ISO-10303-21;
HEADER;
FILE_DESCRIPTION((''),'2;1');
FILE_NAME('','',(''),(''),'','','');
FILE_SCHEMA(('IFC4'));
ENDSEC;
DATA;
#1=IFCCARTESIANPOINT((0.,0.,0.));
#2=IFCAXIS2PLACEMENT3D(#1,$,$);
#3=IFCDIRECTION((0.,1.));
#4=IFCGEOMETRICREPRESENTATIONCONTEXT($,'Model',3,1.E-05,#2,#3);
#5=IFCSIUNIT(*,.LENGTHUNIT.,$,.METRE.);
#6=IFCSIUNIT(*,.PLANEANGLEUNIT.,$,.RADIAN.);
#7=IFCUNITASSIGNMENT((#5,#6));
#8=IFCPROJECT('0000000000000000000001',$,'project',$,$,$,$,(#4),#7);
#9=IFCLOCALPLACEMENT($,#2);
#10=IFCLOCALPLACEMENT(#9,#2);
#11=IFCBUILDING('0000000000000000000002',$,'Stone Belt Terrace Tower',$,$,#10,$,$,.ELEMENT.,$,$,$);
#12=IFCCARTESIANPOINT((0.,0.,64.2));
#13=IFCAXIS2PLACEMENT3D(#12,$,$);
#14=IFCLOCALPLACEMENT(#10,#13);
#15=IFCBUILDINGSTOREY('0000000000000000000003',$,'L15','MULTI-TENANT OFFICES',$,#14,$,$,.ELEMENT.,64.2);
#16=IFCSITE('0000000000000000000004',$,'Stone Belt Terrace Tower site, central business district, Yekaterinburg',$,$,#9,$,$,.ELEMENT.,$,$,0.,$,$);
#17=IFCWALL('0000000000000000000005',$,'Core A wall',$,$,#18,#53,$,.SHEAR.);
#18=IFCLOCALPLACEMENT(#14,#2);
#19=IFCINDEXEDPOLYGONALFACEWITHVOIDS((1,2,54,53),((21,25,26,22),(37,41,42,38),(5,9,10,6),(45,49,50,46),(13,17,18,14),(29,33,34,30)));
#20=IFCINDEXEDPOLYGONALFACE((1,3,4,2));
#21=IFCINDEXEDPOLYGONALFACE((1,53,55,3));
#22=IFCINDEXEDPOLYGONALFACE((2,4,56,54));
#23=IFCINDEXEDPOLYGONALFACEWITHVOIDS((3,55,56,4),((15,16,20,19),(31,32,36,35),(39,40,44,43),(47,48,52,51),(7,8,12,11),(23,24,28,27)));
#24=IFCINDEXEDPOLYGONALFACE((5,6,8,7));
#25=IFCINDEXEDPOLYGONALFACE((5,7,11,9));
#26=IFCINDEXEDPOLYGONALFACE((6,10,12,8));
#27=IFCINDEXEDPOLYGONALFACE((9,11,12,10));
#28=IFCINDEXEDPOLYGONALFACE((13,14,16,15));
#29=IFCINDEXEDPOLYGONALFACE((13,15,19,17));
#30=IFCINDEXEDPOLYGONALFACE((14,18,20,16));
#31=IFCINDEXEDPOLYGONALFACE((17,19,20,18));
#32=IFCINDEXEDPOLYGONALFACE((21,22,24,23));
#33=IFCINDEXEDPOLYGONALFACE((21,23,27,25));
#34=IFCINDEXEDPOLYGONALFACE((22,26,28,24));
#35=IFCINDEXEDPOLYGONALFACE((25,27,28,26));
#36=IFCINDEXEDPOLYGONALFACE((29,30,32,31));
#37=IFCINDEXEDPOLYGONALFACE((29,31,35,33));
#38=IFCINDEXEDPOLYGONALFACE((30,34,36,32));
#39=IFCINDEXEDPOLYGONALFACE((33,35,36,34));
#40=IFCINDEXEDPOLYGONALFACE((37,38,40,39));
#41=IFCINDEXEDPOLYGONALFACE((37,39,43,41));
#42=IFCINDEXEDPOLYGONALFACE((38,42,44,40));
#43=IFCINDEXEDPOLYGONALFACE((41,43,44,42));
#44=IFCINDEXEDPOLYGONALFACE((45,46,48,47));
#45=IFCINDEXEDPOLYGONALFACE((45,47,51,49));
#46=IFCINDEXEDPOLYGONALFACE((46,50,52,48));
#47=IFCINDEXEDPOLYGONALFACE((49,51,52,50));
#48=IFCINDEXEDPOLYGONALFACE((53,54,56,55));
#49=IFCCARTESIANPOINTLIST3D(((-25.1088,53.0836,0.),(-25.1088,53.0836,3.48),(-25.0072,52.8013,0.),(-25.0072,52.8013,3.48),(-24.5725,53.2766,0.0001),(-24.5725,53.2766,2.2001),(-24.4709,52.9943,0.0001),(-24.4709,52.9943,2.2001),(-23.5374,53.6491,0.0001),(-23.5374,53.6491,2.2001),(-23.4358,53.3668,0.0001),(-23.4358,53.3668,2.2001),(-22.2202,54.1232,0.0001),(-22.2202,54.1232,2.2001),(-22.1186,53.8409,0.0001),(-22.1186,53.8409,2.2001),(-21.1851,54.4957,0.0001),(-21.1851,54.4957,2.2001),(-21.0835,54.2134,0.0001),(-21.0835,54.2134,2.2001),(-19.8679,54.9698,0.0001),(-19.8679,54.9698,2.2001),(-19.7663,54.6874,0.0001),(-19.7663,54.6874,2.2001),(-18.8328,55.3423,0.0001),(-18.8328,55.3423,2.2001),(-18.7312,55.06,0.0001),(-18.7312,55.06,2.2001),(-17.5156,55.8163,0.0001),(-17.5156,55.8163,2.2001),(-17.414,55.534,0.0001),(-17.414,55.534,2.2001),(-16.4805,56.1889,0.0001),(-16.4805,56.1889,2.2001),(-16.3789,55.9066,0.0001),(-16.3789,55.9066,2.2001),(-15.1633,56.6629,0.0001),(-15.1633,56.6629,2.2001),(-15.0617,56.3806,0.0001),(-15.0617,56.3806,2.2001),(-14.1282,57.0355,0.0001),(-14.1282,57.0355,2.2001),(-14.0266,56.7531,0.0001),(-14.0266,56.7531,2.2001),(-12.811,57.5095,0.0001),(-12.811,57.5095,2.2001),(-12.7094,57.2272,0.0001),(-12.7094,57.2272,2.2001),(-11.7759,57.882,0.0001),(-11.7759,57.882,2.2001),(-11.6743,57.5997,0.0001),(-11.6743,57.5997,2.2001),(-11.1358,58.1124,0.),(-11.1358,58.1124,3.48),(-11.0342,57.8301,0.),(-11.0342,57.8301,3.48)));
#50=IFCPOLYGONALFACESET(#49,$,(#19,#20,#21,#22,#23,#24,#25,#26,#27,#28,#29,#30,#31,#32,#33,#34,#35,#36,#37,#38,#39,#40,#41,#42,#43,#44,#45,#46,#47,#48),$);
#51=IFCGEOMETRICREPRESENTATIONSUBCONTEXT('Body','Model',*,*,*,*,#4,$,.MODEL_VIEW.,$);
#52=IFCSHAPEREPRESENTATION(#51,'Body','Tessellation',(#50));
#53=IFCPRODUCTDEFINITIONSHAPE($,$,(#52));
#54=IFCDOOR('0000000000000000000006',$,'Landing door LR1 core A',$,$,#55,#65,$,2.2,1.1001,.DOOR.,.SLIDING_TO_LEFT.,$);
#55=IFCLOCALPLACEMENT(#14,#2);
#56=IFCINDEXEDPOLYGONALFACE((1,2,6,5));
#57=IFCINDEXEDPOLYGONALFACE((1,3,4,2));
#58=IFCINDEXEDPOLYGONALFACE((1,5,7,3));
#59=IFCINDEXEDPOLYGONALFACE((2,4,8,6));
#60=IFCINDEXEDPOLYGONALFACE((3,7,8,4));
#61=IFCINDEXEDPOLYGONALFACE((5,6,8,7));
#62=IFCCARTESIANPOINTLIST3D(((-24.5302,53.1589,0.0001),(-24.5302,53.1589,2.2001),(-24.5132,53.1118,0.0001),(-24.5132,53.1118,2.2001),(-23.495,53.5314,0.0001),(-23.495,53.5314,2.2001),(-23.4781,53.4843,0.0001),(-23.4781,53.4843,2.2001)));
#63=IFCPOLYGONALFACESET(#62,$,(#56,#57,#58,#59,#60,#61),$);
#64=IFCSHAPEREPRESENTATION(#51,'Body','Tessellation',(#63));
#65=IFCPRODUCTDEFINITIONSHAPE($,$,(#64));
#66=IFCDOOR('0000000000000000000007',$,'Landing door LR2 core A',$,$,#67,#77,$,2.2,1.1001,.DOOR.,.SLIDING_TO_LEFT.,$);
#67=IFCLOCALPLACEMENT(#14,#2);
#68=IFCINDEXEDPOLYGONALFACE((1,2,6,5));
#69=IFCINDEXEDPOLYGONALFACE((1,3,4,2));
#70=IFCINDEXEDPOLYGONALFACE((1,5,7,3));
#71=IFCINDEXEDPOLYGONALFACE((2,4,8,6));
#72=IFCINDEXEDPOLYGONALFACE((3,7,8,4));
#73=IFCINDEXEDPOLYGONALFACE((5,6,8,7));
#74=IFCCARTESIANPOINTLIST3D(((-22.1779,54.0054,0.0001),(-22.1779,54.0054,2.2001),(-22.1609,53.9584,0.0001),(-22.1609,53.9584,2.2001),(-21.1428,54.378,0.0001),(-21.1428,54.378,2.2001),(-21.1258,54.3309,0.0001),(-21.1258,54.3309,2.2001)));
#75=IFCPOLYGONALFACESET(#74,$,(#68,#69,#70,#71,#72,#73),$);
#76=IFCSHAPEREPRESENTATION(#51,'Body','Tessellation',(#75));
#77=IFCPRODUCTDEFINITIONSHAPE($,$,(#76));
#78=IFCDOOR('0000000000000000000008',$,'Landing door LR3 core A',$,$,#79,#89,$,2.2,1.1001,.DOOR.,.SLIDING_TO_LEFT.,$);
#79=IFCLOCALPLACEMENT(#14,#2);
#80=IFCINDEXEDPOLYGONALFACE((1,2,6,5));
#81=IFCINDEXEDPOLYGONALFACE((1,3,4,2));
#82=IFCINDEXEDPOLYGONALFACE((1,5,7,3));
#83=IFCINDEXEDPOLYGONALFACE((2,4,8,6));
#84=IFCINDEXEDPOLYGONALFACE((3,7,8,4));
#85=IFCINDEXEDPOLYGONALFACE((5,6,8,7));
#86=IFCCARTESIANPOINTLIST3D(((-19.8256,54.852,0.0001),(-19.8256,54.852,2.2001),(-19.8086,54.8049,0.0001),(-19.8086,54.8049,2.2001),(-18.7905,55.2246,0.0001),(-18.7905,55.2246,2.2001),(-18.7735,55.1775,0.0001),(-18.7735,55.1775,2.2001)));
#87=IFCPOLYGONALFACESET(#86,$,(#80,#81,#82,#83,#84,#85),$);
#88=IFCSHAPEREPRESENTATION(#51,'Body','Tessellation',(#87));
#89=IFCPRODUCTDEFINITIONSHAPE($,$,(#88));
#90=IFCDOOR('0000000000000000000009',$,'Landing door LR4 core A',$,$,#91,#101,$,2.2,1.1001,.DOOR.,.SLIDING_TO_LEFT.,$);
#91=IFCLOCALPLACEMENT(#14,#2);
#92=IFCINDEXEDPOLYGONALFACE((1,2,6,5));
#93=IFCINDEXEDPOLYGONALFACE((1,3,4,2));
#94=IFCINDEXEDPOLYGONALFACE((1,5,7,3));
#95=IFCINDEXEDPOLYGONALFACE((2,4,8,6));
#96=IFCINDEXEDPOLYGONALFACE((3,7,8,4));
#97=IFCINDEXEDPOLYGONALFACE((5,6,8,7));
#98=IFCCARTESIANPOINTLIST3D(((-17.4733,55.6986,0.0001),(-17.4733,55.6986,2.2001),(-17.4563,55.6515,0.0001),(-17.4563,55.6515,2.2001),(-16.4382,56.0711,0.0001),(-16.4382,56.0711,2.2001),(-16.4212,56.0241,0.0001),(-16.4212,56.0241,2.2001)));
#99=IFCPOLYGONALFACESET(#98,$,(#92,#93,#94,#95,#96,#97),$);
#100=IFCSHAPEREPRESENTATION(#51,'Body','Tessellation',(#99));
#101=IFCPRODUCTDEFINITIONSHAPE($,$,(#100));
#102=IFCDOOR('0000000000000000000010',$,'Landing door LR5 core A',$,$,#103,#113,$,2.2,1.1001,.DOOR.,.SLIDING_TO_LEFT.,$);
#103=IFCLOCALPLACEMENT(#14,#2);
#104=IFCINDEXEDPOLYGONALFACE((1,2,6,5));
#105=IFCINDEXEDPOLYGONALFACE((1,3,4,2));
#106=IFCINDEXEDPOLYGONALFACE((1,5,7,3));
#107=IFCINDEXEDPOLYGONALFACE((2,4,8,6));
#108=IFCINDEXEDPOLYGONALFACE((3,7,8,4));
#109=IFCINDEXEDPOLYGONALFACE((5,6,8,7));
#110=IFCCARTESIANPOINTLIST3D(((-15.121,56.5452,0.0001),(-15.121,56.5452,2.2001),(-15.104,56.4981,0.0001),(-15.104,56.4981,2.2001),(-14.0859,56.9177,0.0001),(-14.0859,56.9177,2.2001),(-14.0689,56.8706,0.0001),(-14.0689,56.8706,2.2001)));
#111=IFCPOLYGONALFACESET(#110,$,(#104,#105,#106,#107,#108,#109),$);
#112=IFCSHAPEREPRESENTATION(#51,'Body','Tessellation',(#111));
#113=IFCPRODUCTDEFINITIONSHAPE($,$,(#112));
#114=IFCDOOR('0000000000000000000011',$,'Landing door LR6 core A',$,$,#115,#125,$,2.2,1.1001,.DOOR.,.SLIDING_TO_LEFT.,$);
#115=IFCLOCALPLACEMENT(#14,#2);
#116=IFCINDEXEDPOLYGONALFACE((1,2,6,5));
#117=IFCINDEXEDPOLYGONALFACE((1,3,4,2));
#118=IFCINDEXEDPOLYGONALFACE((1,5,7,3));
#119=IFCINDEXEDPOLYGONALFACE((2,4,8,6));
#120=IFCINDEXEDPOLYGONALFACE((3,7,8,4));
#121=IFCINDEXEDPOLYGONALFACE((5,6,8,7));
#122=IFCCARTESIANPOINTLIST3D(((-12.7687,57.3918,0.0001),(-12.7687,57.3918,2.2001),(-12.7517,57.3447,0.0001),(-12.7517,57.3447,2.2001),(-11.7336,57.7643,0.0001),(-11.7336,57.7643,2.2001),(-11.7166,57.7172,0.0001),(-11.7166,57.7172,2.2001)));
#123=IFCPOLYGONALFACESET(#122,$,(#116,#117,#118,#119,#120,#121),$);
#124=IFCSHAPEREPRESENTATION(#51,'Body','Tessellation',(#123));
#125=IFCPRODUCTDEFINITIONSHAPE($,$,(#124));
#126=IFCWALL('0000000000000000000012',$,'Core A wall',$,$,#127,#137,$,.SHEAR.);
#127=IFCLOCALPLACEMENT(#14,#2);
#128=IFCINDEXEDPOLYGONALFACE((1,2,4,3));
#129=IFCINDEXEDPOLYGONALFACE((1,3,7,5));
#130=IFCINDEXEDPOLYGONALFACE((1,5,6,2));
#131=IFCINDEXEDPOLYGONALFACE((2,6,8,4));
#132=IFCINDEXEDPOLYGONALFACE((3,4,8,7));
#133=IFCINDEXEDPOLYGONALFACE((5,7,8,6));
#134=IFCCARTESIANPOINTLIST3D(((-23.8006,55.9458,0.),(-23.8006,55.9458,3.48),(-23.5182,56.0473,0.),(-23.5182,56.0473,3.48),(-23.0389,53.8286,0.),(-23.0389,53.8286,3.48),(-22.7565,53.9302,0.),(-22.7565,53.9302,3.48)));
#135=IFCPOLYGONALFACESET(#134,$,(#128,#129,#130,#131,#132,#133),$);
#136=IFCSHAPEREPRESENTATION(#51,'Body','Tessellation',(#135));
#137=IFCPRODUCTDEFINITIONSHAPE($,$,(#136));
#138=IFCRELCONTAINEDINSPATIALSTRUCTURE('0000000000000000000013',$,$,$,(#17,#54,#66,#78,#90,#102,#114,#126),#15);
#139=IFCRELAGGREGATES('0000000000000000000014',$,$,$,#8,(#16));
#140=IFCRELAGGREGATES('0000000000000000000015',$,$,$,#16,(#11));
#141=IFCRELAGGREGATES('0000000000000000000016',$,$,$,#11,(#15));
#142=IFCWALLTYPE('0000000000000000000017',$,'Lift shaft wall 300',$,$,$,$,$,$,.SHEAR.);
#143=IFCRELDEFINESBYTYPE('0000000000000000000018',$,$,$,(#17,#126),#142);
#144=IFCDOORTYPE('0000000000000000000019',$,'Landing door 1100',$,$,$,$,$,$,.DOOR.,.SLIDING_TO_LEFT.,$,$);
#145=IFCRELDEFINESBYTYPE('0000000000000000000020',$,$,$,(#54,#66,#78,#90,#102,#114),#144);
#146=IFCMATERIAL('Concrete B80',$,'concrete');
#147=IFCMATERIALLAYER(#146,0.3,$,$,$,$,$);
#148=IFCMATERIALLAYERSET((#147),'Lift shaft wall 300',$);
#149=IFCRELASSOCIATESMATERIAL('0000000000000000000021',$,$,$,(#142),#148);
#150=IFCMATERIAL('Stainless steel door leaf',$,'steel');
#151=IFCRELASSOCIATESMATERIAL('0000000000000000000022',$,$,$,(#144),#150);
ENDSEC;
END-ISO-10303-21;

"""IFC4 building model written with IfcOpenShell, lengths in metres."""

from ifc_helpers import new_model, si_unit, direction, frame, frame_2d, origin, place, context, subcontext, project, spatial, rectangle, extrude, material, layer, layer_set, type_object, element, fill, save


model = new_model("IFC4")

# Units and contexts
model_context = context("Model", 3, precision=1e-05, world=origin(), true_north=direction((0.0, 1.0)))
body_context = subcontext(model_context, "Body", "Model", "MODEL_VIEW")
ifc_project = project(units=[si_unit("LENGTHUNIT", "METRE"), si_unit("PLANEANGLEUNIT", "RADIAN")], contexts=[model_context])

# Site, building, storey
site_placement = place(None, origin())
site = spatial("IfcSite", under=ifc_project, at=site_placement, Name="Stone Belt Terrace Tower site, central business district, Yekaterinburg", CompositionType="ELEMENT", RefElevation=0.0)
building_placement = place(site_placement, origin())
building = spatial("IfcBuilding", under=site, at=building_placement, Name="Stone Belt Terrace Tower", CompositionType="ELEMENT")
storey_placement = place(building_placement, frame((0.0, 0.0, 64.2)))
storey = spatial("IfcBuildingStorey", under=building, at=storey_placement, Name="L15", Description="MULTI-TENANT OFFICES", CompositionType="ELEMENT", Elevation=64.2)

# Shared definitions
ifc_material_1 = material(Name="Concrete B80", Category="concrete")

# Shared definitions
ifc_layer_1 = layer(ifc_material_1, 0.3)
ifc_layer_set_1 = layer_set([ifc_layer_1], Name="Lift shaft wall 300")
wall_type_1 = type_object("IfcWallType", Name="Lift shaft wall 300", PredefinedType="SHEAR", material=ifc_layer_set_1)
ifc_material_2 = material(Name="Stainless steel door leaf", Category="steel")

# Wall, openings, doors
wall_1_placement = place(storey_placement, frame((-25.0581, 52.9424, 0.0), z_axis=(0.0, 0.0, 1.0), x_axis=(0.940918, 0.338634, 0.0)))
wall_1 = element("IfcWall", 1, at=wall_1_placement, inside=storey, type_object=wall_type_1, Name="Core A wall", PredefinedType="SHEAR", context=body_context, shape_type="SweptSolid", body=[
    extrude(rectangle(XDim=14.8503, YDim=0.3, at=frame_2d((7.4253, 0.0))), origin(), (0.0, 0.0, 1.0), 3.48),
])
opening_1_placement = place(wall_1_placement, frame((0.5701, 0.0, 0.0)))
opening_1 = element("IfcOpeningElement", 2, at=opening_1_placement, cuts=wall_1, PredefinedType="OPENING", context=body_context, shape_type="SweptSolid", body=[
    extrude(rectangle(XDim=1.1001, YDim=2.2, at=frame_2d((0.55, 1.1001))), frame((0.0, 0.1599, 0.0), z_axis=(0.0, -1.0, 0.0), x_axis=(1.0, 0.0, 0.0)), (0.0, 0.0, 1.0), 0.3201),
])
opening_2_placement = place(wall_1_placement, frame((3.0701, 0.0, 0.0)))
opening_2 = element("IfcOpeningElement", 3, at=opening_2_placement, cuts=wall_1, PredefinedType="OPENING", context=body_context, shape_type="SweptSolid", body=[
    extrude(rectangle(XDim=1.1001, YDim=2.2, at=frame_2d((0.55, 1.1001))), frame((0.0, 0.1599, 0.0), z_axis=(0.0, -1.0, 0.0), x_axis=(1.0, 0.0, 0.0)), (0.0, 0.0, 1.0), 0.3201),
])
opening_3_placement = place(wall_1_placement, frame((5.5701, 0.0, 0.0)))
opening_3 = element("IfcOpeningElement", 4, at=opening_3_placement, cuts=wall_1, PredefinedType="OPENING", context=body_context, shape_type="SweptSolid", body=[
    extrude(rectangle(XDim=1.1001, YDim=2.2, at=frame_2d((0.55, 1.1001))), frame((0.0, 0.1599, 0.0), z_axis=(0.0, -1.0, 0.0), x_axis=(1.0, 0.0, 0.0)), (0.0, 0.0, 1.0), 0.3201),
])
opening_4_placement = place(wall_1_placement, frame((8.0701, 0.0, 0.0)))
opening_4 = element("IfcOpeningElement", 5, at=opening_4_placement, cuts=wall_1, PredefinedType="OPENING", context=body_context, shape_type="SweptSolid", body=[
    extrude(rectangle(XDim=1.1001, YDim=2.2, at=frame_2d((0.55, 1.1001))), frame((0.0, 0.1599, 0.0), z_axis=(0.0, -1.0, 0.0), x_axis=(1.0, 0.0, 0.0)), (0.0, 0.0, 1.0), 0.3201),
])
opening_5_placement = place(wall_1_placement, frame((10.5701, 0.0, 0.0)))
opening_5 = element("IfcOpeningElement", 6, at=opening_5_placement, cuts=wall_1, PredefinedType="OPENING", context=body_context, shape_type="SweptSolid", body=[
    extrude(rectangle(XDim=1.1001, YDim=2.2, at=frame_2d((0.55, 1.1001))), frame((0.0, 0.1599, 0.0), z_axis=(0.0, -1.0, 0.0), x_axis=(1.0, 0.0, 0.0)), (0.0, 0.0, 1.0), 0.3201),
])
opening_6_placement = place(wall_1_placement, frame((13.0701, 0.0, 0.0)))
opening_6 = element("IfcOpeningElement", 7, at=opening_6_placement, cuts=wall_1, PredefinedType="OPENING", context=body_context, shape_type="SweptSolid", body=[
    extrude(rectangle(XDim=1.1001, YDim=2.2, at=frame_2d((0.55, 1.1001))), frame((0.0, 0.1599, 0.0), z_axis=(0.0, -1.0, 0.0), x_axis=(1.0, 0.0, 0.0)), (0.0, 0.0, 1.0), 0.3201),
])
door_type_1 = type_object("IfcDoorType", Name="Landing door 1100", OperationType="SLIDING_TO_LEFT", PredefinedType="DOOR", material=ifc_material_2)
door_1_placement = place(opening_1_placement, origin())
door_1 = element("IfcDoor", 8, at=door_1_placement, inside=storey, type_object=door_type_1, Name="Landing door LR1 core A", OperationType="SLIDING_TO_LEFT", OverallHeight=2.2, OverallWidth=1.1001, PredefinedType="DOOR", context=body_context, shape_type="SweptSolid", body=[
    extrude(rectangle(XDim=1.1001, YDim=2.2, at=frame_2d((0.55, 1.1001))), frame((0.0, 0.0249, 0.0), z_axis=(0.0, -1.0, 0.0), x_axis=(1.0, 0.0, 0.0)), (0.0, 0.0, 1.0), 0.05),
])
fill(opening_1, door_1)
door_2_placement = place(opening_2_placement, origin())
door_2 = element("IfcDoor", 9, at=door_2_placement, inside=storey, type_object=door_type_1, Name="Landing door LR2 core A", OperationType="SLIDING_TO_LEFT", OverallHeight=2.2, OverallWidth=1.1001, PredefinedType="DOOR", context=body_context, shape_type="SweptSolid", body=[
    extrude(rectangle(XDim=1.1001, YDim=2.2, at=frame_2d((0.55, 1.1001))), frame((0.0, 0.0249, 0.0), z_axis=(0.0, -1.0, 0.0), x_axis=(1.0, 0.0, 0.0)), (0.0, 0.0, 1.0), 0.05),
])
fill(opening_2, door_2)
door_3_placement = place(opening_3_placement, origin())
door_3 = element("IfcDoor", 10, at=door_3_placement, inside=storey, type_object=door_type_1, Name="Landing door LR3 core A", OperationType="SLIDING_TO_LEFT", OverallHeight=2.2, OverallWidth=1.1001, PredefinedType="DOOR", context=body_context, shape_type="SweptSolid", body=[
    extrude(rectangle(XDim=1.1001, YDim=2.2, at=frame_2d((0.55, 1.1001))), frame((0.0, 0.0249, 0.0), z_axis=(0.0, -1.0, 0.0), x_axis=(1.0, 0.0, 0.0)), (0.0, 0.0, 1.0), 0.05),
])
fill(opening_3, door_3)
door_4_placement = place(opening_4_placement, origin())
door_4 = element("IfcDoor", 11, at=door_4_placement, inside=storey, type_object=door_type_1, Name="Landing door LR4 core A", OperationType="SLIDING_TO_LEFT", OverallHeight=2.2, OverallWidth=1.1001, PredefinedType="DOOR", context=body_context, shape_type="SweptSolid", body=[
    extrude(rectangle(XDim=1.1001, YDim=2.2, at=frame_2d((0.55, 1.1001))), frame((0.0, 0.0249, 0.0), z_axis=(0.0, -1.0, 0.0), x_axis=(1.0, 0.0, 0.0)), (0.0, 0.0, 1.0), 0.05),
])
fill(opening_4, door_4)
door_5_placement = place(opening_5_placement, origin())
door_5 = element("IfcDoor", 12, at=door_5_placement, inside=storey, type_object=door_type_1, Name="Landing door LR5 core A", OperationType="SLIDING_TO_LEFT", OverallHeight=2.2, OverallWidth=1.1001, PredefinedType="DOOR", context=body_context, shape_type="SweptSolid", body=[
    extrude(rectangle(XDim=1.1001, YDim=2.2, at=frame_2d((0.55, 1.1001))), frame((0.0, 0.0249, 0.0), z_axis=(0.0, -1.0, 0.0), x_axis=(1.0, 0.0, 0.0)), (0.0, 0.0, 1.0), 0.05),
])
fill(opening_5, door_5)
door_6_placement = place(opening_6_placement, origin())
door_6 = element("IfcDoor", 13, at=door_6_placement, inside=storey, type_object=door_type_1, Name="Landing door LR6 core A", OperationType="SLIDING_TO_LEFT", OverallHeight=2.2, OverallWidth=1.1001, PredefinedType="DOOR", context=body_context, shape_type="SweptSolid", body=[
    extrude(rectangle(XDim=1.1001, YDim=2.2, at=frame_2d((0.55, 1.1001))), frame((0.0, 0.0249, 0.0), z_axis=(0.0, -1.0, 0.0), x_axis=(1.0, 0.0, 0.0)), (0.0, 0.0, 1.0), 0.05),
])
fill(opening_6, door_6)

# Wall
wall_2_placement = place(storey_placement, frame((-22.8977, 53.8794, 0.0), z_axis=(0.0, 0.0, 1.0), x_axis=(-0.338535, 0.940954, 0.0)))
element("IfcWall", 14, at=wall_2_placement, inside=storey, type_object=wall_type_1, Name="Core A wall", PredefinedType="SHEAR", context=body_context, shape_type="SweptSolid", body=[
    extrude(rectangle(XDim=2.25, YDim=0.3, at=frame_2d((1.125, 0.0))), origin(), (0.0, 0.0, 1.0), 3.48),
])

save(model, "model.ifc")
